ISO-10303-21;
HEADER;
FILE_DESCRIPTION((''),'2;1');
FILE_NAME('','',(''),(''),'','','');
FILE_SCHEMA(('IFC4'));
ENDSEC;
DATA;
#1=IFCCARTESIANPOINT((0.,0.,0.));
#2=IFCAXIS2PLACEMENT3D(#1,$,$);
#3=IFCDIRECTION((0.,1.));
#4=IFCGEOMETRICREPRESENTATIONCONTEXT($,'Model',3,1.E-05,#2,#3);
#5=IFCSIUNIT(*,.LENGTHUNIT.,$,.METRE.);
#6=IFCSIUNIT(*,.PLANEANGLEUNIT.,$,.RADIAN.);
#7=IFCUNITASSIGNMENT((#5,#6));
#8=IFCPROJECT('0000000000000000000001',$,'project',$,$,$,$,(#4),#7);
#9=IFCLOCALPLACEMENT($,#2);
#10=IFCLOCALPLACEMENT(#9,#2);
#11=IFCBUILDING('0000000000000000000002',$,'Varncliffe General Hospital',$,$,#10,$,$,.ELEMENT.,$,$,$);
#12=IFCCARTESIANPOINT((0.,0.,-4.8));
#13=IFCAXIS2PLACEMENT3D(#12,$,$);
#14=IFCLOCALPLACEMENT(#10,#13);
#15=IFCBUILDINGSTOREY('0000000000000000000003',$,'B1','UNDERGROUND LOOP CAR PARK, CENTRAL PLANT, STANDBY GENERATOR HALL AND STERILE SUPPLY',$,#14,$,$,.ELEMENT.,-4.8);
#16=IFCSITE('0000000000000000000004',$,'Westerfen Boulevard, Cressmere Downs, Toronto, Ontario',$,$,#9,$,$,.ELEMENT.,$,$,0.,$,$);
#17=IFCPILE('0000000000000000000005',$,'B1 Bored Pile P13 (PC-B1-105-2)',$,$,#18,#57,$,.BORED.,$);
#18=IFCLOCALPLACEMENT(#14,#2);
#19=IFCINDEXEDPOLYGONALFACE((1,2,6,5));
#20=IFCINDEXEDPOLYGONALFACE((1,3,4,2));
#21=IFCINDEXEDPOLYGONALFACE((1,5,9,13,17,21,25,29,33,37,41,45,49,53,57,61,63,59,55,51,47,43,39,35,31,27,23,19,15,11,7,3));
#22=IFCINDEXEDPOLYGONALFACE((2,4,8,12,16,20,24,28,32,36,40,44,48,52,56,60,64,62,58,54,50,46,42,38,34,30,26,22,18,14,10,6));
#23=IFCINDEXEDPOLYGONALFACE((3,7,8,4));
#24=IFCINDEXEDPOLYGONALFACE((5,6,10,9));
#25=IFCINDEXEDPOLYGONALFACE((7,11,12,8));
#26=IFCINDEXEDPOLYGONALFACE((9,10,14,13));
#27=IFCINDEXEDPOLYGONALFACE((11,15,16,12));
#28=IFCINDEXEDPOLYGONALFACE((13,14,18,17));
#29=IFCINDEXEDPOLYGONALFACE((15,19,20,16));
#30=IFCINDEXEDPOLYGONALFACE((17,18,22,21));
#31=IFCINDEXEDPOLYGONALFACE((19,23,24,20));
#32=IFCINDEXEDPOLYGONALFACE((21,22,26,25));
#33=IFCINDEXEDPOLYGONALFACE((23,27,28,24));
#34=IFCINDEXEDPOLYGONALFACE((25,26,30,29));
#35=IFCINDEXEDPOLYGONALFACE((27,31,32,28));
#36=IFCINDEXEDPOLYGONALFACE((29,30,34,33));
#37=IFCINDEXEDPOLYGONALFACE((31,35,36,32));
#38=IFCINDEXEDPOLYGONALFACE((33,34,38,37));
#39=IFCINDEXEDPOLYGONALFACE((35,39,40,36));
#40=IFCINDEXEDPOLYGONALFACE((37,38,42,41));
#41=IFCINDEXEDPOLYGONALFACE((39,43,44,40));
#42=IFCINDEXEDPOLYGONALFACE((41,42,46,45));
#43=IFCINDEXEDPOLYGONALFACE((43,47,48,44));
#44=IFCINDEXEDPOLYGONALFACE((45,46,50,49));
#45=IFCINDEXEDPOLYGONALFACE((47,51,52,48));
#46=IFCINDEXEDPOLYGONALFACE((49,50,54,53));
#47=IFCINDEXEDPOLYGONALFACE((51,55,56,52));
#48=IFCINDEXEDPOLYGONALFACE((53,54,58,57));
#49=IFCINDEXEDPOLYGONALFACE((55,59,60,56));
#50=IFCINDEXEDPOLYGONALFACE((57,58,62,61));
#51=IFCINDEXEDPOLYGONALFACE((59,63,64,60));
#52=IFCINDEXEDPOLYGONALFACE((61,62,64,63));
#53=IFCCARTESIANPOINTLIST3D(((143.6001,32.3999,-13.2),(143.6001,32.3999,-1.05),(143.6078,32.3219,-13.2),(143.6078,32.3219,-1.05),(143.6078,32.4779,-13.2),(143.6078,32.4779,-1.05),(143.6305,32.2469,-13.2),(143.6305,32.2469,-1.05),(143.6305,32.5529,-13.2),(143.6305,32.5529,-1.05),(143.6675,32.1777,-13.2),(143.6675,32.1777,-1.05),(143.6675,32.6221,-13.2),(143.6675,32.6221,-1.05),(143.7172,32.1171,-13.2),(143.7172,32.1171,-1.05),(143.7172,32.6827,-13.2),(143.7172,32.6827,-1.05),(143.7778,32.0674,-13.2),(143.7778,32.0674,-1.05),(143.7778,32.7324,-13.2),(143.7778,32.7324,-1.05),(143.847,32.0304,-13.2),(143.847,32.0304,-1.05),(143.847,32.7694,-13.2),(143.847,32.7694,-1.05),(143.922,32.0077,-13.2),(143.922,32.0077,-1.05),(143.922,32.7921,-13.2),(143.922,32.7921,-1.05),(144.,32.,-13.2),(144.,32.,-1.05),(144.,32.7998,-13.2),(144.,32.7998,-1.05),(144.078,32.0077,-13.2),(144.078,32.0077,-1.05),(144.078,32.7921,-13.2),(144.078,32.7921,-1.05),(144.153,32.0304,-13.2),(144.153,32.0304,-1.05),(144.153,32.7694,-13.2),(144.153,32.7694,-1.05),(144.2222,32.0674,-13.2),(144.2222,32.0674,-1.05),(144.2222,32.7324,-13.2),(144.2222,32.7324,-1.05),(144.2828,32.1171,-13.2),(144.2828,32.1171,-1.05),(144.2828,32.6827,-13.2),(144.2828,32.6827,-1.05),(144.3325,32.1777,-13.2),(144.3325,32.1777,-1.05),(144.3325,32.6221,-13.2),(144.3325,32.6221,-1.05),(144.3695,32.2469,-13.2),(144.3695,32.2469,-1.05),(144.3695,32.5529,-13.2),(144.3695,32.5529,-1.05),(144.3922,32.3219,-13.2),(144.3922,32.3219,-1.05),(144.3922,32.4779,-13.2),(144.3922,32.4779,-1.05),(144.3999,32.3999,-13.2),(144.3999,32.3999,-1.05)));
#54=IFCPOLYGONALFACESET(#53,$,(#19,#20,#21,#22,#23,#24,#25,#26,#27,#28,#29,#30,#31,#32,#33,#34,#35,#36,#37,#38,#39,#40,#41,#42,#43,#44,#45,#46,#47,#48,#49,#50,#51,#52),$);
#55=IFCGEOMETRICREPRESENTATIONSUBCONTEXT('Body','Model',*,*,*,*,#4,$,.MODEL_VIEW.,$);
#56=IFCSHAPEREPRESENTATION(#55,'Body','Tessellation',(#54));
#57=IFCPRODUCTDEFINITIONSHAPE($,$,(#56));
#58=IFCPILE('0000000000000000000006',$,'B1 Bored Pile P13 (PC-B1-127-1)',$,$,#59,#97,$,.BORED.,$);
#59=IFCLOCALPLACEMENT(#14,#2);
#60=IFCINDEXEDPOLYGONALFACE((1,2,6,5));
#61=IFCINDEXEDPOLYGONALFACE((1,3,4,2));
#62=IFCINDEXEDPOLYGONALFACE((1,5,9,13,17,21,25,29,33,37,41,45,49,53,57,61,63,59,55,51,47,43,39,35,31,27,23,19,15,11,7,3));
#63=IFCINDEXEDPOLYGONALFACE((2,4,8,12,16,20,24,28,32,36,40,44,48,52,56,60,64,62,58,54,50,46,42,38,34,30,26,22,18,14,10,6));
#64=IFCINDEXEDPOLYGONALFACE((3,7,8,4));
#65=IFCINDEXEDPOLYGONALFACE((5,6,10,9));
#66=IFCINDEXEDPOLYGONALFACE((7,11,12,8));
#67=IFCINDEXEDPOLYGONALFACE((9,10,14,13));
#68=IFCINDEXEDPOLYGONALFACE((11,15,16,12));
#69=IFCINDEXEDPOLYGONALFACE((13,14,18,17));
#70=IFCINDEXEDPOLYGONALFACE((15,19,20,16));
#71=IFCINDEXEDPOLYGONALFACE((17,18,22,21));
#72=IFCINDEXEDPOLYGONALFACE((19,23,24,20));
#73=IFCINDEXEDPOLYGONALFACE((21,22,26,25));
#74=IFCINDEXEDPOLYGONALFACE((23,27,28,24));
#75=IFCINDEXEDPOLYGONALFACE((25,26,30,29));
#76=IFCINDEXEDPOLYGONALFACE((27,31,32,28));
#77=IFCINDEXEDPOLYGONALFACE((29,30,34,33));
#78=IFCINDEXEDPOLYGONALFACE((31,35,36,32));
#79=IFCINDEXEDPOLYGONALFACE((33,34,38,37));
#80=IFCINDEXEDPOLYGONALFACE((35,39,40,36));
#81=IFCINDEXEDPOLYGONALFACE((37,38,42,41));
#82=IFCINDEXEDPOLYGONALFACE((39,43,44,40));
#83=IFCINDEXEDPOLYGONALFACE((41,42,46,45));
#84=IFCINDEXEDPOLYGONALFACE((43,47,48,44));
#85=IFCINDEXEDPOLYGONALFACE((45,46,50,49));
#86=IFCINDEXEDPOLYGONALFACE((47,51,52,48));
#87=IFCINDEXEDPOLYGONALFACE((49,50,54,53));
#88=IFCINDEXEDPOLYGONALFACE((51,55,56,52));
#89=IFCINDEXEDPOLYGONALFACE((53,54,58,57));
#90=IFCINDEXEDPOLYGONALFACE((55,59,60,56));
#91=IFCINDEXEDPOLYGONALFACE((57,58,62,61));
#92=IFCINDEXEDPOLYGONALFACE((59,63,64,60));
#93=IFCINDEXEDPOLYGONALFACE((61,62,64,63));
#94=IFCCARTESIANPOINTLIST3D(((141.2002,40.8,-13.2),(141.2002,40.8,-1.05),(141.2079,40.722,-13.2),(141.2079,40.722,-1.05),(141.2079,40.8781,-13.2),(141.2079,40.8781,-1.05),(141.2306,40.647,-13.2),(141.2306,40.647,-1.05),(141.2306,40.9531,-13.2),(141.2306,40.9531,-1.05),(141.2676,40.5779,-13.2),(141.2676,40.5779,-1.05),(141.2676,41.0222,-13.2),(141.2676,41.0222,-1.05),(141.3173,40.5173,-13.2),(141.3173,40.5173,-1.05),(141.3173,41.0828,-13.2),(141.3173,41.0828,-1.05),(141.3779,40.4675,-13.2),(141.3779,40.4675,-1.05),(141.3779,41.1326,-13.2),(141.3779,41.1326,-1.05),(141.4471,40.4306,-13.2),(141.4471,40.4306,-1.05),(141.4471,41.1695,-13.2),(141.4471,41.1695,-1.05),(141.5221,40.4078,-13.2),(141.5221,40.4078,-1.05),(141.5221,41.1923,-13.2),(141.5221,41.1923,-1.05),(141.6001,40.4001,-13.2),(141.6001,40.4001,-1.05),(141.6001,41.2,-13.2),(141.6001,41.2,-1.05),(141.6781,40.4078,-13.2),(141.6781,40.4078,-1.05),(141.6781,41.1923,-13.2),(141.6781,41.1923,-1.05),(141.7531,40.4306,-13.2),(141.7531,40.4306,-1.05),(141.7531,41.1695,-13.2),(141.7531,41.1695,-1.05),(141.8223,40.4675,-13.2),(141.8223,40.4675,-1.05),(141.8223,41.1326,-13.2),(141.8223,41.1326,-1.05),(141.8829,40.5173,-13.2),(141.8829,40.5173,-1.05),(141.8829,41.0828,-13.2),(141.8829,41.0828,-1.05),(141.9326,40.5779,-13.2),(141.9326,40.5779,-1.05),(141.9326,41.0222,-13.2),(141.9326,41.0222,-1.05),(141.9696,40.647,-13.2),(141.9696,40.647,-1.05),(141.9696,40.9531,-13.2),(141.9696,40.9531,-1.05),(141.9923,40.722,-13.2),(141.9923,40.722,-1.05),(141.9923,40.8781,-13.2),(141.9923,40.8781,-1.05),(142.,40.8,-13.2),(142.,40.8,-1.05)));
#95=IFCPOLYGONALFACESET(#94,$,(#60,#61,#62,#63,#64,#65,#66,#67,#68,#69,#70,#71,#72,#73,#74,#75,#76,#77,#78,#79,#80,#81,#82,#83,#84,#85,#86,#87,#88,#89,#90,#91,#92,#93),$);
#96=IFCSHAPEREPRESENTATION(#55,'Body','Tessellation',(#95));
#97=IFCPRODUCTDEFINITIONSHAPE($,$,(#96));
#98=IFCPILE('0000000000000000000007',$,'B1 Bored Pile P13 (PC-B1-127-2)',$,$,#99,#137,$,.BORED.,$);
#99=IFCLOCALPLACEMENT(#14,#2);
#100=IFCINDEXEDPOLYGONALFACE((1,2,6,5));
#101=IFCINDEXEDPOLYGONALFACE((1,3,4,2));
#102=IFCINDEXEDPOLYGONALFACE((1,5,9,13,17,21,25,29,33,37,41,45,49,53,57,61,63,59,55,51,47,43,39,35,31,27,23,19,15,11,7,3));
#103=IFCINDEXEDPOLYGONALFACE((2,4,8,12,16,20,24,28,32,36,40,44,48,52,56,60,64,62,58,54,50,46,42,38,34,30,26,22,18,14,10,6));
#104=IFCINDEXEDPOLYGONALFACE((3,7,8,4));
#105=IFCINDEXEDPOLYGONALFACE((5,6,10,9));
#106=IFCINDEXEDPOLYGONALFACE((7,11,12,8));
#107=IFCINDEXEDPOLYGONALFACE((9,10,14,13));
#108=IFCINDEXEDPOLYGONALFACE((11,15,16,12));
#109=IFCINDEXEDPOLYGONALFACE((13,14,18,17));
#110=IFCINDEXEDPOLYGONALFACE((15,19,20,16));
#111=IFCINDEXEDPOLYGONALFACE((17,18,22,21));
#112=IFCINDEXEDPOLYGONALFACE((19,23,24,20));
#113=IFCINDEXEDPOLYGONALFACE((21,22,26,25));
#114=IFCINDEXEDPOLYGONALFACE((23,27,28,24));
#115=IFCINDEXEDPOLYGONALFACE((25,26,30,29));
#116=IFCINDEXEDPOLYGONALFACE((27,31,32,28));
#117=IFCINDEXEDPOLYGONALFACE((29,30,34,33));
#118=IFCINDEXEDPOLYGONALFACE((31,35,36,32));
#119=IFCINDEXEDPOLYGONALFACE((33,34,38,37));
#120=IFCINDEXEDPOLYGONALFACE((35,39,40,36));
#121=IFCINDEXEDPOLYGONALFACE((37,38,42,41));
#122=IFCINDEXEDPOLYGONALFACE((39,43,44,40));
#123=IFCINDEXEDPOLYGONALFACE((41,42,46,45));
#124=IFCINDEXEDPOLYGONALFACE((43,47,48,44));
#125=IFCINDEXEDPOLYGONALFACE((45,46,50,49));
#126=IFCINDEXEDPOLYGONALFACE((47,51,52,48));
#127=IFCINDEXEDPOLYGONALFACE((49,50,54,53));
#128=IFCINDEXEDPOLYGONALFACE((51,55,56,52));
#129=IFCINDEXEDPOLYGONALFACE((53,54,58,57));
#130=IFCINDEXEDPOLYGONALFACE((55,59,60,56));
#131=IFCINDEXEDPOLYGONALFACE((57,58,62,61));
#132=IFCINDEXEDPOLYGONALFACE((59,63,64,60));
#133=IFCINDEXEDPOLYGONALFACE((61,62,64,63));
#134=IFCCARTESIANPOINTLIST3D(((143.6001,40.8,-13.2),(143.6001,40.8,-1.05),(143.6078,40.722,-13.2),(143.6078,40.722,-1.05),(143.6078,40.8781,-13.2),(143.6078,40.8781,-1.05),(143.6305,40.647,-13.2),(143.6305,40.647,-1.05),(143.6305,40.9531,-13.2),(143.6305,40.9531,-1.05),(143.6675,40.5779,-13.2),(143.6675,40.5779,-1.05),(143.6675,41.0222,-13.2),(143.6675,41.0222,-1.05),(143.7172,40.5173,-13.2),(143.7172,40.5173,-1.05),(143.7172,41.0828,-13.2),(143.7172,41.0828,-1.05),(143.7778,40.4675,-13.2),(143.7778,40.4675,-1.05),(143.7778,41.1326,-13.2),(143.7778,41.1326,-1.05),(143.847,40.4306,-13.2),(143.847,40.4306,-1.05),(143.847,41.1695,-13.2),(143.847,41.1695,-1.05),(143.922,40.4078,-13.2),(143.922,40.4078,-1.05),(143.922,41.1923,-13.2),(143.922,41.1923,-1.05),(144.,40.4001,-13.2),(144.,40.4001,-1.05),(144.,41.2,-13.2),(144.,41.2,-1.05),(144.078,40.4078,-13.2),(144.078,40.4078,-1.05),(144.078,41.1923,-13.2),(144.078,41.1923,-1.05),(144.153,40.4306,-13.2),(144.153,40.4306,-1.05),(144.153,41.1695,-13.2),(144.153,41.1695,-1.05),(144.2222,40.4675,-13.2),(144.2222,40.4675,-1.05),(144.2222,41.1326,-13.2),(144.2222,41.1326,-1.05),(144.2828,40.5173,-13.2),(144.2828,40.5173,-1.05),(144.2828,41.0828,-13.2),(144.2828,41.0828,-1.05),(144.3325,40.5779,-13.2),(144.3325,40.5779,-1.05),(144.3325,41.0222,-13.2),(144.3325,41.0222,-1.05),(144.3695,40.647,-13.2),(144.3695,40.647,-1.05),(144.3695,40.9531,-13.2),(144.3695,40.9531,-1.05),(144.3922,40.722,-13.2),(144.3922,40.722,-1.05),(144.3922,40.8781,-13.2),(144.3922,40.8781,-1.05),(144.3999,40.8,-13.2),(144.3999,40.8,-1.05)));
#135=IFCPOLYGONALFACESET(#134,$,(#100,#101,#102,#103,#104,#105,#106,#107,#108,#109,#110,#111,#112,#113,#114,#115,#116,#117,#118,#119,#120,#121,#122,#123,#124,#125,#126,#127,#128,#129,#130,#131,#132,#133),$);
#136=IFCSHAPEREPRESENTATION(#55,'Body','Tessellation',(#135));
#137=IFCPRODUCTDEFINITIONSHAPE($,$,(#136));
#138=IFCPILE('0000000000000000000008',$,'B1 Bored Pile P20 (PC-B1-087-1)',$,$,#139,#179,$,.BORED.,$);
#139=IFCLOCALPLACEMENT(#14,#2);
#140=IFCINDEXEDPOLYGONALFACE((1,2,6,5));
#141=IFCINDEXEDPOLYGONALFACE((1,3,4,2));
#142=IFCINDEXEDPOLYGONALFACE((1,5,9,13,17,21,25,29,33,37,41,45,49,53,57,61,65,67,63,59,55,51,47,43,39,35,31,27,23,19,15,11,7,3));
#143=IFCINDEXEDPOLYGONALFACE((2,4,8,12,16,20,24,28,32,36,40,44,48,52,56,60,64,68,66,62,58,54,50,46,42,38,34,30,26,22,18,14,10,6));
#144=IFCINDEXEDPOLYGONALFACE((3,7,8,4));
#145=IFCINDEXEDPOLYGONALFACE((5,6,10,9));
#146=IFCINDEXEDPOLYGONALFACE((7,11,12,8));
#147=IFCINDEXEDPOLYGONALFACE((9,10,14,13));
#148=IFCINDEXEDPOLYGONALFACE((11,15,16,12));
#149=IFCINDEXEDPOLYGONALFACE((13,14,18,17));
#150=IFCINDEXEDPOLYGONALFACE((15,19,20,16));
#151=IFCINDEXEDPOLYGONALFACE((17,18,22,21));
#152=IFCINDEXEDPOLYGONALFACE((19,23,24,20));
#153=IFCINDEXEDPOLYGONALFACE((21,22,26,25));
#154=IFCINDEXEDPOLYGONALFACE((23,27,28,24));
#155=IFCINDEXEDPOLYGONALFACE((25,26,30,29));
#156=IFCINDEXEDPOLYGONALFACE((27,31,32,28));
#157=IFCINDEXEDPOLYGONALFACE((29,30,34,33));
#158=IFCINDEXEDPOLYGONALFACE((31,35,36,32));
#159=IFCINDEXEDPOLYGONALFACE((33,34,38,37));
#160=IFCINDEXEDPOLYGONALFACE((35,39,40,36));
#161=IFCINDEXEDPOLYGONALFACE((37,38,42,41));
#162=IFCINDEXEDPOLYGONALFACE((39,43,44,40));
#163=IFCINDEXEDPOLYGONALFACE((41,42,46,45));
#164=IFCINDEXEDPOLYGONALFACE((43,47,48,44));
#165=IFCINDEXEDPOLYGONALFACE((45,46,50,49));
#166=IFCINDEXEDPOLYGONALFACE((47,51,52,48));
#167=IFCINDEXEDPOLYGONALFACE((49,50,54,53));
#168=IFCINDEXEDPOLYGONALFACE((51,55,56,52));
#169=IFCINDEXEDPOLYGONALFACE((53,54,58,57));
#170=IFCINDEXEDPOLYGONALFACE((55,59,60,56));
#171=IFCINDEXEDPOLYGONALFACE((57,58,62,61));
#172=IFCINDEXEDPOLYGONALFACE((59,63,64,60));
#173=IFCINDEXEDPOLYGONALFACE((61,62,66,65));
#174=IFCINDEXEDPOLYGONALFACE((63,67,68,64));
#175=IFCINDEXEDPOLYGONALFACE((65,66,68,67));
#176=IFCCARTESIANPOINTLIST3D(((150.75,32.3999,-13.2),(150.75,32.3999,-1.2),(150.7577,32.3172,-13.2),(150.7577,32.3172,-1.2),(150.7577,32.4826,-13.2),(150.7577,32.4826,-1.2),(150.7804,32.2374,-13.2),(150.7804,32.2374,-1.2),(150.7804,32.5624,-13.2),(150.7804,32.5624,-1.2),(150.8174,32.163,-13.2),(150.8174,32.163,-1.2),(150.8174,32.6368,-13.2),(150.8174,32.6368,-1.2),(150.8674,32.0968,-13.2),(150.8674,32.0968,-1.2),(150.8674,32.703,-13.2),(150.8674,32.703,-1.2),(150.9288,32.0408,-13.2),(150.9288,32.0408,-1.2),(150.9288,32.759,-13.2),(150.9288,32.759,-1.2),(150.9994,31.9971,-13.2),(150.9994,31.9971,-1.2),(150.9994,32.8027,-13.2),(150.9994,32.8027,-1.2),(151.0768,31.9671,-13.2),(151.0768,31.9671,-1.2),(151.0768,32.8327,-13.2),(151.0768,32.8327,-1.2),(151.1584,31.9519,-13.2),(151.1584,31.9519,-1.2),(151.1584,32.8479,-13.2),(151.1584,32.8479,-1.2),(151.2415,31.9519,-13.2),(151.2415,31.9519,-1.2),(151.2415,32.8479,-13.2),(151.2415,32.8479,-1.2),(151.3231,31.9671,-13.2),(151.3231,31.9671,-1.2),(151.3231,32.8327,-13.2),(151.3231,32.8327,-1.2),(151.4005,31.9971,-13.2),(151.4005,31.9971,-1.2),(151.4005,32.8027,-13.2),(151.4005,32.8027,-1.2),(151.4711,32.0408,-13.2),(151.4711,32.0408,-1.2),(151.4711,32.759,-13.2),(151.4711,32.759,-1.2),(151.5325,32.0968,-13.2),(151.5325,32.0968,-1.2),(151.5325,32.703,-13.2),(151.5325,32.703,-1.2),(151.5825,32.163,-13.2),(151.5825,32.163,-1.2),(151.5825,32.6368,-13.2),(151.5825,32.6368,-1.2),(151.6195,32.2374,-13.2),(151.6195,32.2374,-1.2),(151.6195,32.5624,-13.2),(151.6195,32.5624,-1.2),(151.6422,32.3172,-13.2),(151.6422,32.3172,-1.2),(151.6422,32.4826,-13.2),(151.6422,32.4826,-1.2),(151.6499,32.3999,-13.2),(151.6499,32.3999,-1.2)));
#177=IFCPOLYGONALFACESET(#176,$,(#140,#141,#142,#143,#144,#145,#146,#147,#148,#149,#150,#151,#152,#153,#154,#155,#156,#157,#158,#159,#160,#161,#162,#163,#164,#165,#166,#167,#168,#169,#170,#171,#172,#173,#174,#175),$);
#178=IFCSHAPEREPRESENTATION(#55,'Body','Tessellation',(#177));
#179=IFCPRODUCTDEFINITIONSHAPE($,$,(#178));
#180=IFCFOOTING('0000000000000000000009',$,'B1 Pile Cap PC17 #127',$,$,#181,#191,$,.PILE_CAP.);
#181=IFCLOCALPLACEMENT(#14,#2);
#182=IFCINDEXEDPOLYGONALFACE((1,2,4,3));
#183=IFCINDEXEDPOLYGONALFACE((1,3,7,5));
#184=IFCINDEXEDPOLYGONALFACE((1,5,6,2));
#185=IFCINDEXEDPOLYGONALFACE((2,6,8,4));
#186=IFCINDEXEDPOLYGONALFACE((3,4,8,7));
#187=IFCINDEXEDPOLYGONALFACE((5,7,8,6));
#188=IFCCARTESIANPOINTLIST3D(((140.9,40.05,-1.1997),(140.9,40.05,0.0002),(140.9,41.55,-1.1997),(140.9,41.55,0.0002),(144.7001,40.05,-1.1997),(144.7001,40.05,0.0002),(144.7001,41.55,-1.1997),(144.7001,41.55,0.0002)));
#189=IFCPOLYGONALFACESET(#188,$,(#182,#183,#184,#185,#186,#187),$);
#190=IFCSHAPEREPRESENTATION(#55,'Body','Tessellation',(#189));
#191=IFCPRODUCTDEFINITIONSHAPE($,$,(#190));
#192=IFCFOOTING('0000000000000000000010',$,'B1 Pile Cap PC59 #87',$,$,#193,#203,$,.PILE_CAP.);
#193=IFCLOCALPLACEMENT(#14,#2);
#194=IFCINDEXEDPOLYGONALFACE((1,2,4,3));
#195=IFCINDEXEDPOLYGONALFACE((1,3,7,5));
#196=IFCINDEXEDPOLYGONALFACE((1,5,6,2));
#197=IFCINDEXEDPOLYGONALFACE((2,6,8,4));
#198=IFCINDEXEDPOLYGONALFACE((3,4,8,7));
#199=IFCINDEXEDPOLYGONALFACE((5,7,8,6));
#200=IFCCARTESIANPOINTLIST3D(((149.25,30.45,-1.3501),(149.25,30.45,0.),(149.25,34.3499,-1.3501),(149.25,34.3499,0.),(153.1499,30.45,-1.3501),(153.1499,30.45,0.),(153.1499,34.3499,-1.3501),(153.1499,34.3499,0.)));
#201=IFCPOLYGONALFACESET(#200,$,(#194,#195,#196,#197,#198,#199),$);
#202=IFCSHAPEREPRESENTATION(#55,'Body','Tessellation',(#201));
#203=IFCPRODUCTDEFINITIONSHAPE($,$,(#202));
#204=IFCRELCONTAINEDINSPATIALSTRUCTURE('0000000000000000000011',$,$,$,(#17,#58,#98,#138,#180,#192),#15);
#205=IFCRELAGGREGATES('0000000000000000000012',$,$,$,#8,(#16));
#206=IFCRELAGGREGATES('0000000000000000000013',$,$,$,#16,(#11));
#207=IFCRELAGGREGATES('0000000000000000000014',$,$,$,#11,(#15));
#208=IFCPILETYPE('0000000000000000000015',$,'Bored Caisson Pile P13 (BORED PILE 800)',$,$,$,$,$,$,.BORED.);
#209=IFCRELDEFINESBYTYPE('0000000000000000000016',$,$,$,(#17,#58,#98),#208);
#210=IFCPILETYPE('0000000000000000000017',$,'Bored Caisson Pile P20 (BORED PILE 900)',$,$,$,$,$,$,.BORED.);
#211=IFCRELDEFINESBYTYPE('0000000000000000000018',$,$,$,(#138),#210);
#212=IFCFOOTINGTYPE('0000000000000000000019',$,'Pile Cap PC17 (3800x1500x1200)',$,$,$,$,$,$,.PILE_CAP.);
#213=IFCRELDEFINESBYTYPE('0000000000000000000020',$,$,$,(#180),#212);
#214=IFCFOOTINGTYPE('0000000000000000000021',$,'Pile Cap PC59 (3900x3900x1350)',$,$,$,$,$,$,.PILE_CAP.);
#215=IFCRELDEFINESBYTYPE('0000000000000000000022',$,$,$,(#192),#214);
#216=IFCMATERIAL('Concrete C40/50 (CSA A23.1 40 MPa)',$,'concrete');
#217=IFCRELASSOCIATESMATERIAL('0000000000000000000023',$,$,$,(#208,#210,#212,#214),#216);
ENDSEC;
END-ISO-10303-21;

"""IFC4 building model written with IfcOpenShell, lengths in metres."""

from ifc_helpers import new_model, si_unit, direction, frame, origin, origin_2d, place, context, subcontext, project, spatial, rectangle, circle, extrude, material, material_profile, profile_set, type_object, element, save


model = new_model("IFC4")

# Units and contexts
model_context = context("Model", 3, precision=1e-05, world=origin(), true_north=direction((0.0, 1.0)))
body_context = subcontext(model_context, "Body", "Model", "MODEL_VIEW")
ifc_project = project(units=[si_unit("LENGTHUNIT", "METRE"), si_unit("PLANEANGLEUNIT", "RADIAN")], contexts=[model_context])

# Site, building, storey
site_placement = place(None, origin())
site = spatial("IfcSite", under=ifc_project, at=site_placement, Name="Westerfen Boulevard, Cressmere Downs, Toronto, Ontario", CompositionType="ELEMENT", RefElevation=0.0)
building_placement = place(site_placement, origin())
building = spatial("IfcBuilding", under=site, at=building_placement, Name="Varncliffe General Hospital", CompositionType="ELEMENT")
storey_placement = place(building_placement, frame((0.0, 0.0, -4.8)))
storey = spatial("IfcBuildingStorey", under=building, at=storey_placement, Name="B1", Description="UNDERGROUND LOOP CAR PARK, CENTRAL PLANT, STANDBY GENERATOR HALL AND STERILE SUPPLY", CompositionType="ELEMENT", Elevation=-4.8)

# Piles
ifc_material_1 = material(Name="Concrete C40/50 (CSA A23.1 40 MPa)", Category="concrete")
ifc_material_profile_1 = material_profile(ifc_material_1, circle(Radius=0.3999, at=origin_2d()), Name="BORED PILE 800")
ifc_profile_set_1 = profile_set([ifc_material_profile_1], Name="Concrete C40/50 (CSA A23.1 40 MPa)")
pile_type_1 = type_object("IfcPileType", Name="Bored Caisson Pile P13 (BORED PILE 800)", PredefinedType="BORED", material=ifc_profile_set_1)
for number, where, z_axis, x_axis, name in (
    (1, (144.0, 32.3999, -1.05), (0.0, 0.0, -1.0), (1.0, 0.0, 0.0), "B1 Bored Pile P13 (PC-B1-105-2)"),
    (2, (141.6001, 40.8, -1.05), (0.0, 0.0, -1.0), (1.0, 0.0, 0.0), "B1 Bored Pile P13 (PC-B1-127-1)"),
    (3, (144.0, 40.8, -1.05), (0.0, 0.0, -1.0), (1.0, 0.0, 0.0), "B1 Bored Pile P13 (PC-B1-127-2)"),
):
    element("IfcPile", number, at=place(storey_placement, frame(where, z_axis=z_axis, x_axis=x_axis)), inside=storey, type_object=pile_type_1, Name=name, PredefinedType="BORED", context=body_context, shape_type="SweptSolid", body=[
        extrude(circle(Radius=0.3999, at=origin_2d()), origin(), (0.0, 0.0, 1.0), 12.1499),
    ])
ifc_material_profile_2 = material_profile(ifc_material_1, circle(Radius=0.45, at=origin_2d()), Name="BORED PILE 900")
ifc_profile_set_2 = profile_set([ifc_material_profile_2], Name="Concrete C40/50 (CSA A23.1 40 MPa)")
pile_type_2 = type_object("IfcPileType", Name="Bored Caisson Pile P20 (BORED PILE 900)", PredefinedType="BORED", material=ifc_profile_set_2)
pile_placement = place(storey_placement, frame((151.2, 32.3999, -1.2), z_axis=(0.0, 0.0, -1.0), x_axis=(1.0, 0.0, 0.0)))
element("IfcPile", 4, at=pile_placement, inside=storey, type_object=pile_type_2, Name="B1 Bored Pile P20 (PC-B1-087-1)", PredefinedType="BORED", context=body_context, shape_type="SweptSolid", body=[
    extrude(circle(Radius=0.45, at=origin_2d()), origin(), (0.0, 0.0, 1.0), 12.0),
])

# Footings
footing_type_1 = type_object("IfcFootingType", Name="Pile Cap PC17 (3800x1500x1200)", PredefinedType="PILE_CAP", material=ifc_material_1)
footing_1_placement = place(storey_placement, frame((142.8, 40.8, -1.1997), z_axis=(0.0, 0.0, 1.0), x_axis=(1.0, 0.0, 0.0)))
element("IfcFooting", 5, at=footing_1_placement, inside=storey, type_object=footing_type_1, Name="B1 Pile Cap PC17 #127", PredefinedType="PILE_CAP", context=body_context, shape_type="SweptSolid", body=[
    extrude(rectangle(XDim=3.8, YDim=1.5, at=origin_2d()), origin(), (0.0, 0.0, 1.0), 1.2),
])
footing_type_2 = type_object("IfcFootingType", Name="Pile Cap PC59 (3900x3900x1350)", PredefinedType="PILE_CAP", material=ifc_material_1)
footing_2_placement = place(storey_placement, frame((151.2, 32.3999, -1.3501), z_axis=(0.0, 0.0, 1.0), x_axis=(1.0, 0.0, 0.0)))
element("IfcFooting", 6, at=footing_2_placement, inside=storey, type_object=footing_type_2, Name="B1 Pile Cap PC59 #87", PredefinedType="PILE_CAP", context=body_context, shape_type="SweptSolid", body=[
    extrude(rectangle(XDim=3.8999, YDim=3.8999, at=origin_2d()), origin(), (0.0, 0.0, 1.0), 1.3501),
])

save(model, "model.ifc")
